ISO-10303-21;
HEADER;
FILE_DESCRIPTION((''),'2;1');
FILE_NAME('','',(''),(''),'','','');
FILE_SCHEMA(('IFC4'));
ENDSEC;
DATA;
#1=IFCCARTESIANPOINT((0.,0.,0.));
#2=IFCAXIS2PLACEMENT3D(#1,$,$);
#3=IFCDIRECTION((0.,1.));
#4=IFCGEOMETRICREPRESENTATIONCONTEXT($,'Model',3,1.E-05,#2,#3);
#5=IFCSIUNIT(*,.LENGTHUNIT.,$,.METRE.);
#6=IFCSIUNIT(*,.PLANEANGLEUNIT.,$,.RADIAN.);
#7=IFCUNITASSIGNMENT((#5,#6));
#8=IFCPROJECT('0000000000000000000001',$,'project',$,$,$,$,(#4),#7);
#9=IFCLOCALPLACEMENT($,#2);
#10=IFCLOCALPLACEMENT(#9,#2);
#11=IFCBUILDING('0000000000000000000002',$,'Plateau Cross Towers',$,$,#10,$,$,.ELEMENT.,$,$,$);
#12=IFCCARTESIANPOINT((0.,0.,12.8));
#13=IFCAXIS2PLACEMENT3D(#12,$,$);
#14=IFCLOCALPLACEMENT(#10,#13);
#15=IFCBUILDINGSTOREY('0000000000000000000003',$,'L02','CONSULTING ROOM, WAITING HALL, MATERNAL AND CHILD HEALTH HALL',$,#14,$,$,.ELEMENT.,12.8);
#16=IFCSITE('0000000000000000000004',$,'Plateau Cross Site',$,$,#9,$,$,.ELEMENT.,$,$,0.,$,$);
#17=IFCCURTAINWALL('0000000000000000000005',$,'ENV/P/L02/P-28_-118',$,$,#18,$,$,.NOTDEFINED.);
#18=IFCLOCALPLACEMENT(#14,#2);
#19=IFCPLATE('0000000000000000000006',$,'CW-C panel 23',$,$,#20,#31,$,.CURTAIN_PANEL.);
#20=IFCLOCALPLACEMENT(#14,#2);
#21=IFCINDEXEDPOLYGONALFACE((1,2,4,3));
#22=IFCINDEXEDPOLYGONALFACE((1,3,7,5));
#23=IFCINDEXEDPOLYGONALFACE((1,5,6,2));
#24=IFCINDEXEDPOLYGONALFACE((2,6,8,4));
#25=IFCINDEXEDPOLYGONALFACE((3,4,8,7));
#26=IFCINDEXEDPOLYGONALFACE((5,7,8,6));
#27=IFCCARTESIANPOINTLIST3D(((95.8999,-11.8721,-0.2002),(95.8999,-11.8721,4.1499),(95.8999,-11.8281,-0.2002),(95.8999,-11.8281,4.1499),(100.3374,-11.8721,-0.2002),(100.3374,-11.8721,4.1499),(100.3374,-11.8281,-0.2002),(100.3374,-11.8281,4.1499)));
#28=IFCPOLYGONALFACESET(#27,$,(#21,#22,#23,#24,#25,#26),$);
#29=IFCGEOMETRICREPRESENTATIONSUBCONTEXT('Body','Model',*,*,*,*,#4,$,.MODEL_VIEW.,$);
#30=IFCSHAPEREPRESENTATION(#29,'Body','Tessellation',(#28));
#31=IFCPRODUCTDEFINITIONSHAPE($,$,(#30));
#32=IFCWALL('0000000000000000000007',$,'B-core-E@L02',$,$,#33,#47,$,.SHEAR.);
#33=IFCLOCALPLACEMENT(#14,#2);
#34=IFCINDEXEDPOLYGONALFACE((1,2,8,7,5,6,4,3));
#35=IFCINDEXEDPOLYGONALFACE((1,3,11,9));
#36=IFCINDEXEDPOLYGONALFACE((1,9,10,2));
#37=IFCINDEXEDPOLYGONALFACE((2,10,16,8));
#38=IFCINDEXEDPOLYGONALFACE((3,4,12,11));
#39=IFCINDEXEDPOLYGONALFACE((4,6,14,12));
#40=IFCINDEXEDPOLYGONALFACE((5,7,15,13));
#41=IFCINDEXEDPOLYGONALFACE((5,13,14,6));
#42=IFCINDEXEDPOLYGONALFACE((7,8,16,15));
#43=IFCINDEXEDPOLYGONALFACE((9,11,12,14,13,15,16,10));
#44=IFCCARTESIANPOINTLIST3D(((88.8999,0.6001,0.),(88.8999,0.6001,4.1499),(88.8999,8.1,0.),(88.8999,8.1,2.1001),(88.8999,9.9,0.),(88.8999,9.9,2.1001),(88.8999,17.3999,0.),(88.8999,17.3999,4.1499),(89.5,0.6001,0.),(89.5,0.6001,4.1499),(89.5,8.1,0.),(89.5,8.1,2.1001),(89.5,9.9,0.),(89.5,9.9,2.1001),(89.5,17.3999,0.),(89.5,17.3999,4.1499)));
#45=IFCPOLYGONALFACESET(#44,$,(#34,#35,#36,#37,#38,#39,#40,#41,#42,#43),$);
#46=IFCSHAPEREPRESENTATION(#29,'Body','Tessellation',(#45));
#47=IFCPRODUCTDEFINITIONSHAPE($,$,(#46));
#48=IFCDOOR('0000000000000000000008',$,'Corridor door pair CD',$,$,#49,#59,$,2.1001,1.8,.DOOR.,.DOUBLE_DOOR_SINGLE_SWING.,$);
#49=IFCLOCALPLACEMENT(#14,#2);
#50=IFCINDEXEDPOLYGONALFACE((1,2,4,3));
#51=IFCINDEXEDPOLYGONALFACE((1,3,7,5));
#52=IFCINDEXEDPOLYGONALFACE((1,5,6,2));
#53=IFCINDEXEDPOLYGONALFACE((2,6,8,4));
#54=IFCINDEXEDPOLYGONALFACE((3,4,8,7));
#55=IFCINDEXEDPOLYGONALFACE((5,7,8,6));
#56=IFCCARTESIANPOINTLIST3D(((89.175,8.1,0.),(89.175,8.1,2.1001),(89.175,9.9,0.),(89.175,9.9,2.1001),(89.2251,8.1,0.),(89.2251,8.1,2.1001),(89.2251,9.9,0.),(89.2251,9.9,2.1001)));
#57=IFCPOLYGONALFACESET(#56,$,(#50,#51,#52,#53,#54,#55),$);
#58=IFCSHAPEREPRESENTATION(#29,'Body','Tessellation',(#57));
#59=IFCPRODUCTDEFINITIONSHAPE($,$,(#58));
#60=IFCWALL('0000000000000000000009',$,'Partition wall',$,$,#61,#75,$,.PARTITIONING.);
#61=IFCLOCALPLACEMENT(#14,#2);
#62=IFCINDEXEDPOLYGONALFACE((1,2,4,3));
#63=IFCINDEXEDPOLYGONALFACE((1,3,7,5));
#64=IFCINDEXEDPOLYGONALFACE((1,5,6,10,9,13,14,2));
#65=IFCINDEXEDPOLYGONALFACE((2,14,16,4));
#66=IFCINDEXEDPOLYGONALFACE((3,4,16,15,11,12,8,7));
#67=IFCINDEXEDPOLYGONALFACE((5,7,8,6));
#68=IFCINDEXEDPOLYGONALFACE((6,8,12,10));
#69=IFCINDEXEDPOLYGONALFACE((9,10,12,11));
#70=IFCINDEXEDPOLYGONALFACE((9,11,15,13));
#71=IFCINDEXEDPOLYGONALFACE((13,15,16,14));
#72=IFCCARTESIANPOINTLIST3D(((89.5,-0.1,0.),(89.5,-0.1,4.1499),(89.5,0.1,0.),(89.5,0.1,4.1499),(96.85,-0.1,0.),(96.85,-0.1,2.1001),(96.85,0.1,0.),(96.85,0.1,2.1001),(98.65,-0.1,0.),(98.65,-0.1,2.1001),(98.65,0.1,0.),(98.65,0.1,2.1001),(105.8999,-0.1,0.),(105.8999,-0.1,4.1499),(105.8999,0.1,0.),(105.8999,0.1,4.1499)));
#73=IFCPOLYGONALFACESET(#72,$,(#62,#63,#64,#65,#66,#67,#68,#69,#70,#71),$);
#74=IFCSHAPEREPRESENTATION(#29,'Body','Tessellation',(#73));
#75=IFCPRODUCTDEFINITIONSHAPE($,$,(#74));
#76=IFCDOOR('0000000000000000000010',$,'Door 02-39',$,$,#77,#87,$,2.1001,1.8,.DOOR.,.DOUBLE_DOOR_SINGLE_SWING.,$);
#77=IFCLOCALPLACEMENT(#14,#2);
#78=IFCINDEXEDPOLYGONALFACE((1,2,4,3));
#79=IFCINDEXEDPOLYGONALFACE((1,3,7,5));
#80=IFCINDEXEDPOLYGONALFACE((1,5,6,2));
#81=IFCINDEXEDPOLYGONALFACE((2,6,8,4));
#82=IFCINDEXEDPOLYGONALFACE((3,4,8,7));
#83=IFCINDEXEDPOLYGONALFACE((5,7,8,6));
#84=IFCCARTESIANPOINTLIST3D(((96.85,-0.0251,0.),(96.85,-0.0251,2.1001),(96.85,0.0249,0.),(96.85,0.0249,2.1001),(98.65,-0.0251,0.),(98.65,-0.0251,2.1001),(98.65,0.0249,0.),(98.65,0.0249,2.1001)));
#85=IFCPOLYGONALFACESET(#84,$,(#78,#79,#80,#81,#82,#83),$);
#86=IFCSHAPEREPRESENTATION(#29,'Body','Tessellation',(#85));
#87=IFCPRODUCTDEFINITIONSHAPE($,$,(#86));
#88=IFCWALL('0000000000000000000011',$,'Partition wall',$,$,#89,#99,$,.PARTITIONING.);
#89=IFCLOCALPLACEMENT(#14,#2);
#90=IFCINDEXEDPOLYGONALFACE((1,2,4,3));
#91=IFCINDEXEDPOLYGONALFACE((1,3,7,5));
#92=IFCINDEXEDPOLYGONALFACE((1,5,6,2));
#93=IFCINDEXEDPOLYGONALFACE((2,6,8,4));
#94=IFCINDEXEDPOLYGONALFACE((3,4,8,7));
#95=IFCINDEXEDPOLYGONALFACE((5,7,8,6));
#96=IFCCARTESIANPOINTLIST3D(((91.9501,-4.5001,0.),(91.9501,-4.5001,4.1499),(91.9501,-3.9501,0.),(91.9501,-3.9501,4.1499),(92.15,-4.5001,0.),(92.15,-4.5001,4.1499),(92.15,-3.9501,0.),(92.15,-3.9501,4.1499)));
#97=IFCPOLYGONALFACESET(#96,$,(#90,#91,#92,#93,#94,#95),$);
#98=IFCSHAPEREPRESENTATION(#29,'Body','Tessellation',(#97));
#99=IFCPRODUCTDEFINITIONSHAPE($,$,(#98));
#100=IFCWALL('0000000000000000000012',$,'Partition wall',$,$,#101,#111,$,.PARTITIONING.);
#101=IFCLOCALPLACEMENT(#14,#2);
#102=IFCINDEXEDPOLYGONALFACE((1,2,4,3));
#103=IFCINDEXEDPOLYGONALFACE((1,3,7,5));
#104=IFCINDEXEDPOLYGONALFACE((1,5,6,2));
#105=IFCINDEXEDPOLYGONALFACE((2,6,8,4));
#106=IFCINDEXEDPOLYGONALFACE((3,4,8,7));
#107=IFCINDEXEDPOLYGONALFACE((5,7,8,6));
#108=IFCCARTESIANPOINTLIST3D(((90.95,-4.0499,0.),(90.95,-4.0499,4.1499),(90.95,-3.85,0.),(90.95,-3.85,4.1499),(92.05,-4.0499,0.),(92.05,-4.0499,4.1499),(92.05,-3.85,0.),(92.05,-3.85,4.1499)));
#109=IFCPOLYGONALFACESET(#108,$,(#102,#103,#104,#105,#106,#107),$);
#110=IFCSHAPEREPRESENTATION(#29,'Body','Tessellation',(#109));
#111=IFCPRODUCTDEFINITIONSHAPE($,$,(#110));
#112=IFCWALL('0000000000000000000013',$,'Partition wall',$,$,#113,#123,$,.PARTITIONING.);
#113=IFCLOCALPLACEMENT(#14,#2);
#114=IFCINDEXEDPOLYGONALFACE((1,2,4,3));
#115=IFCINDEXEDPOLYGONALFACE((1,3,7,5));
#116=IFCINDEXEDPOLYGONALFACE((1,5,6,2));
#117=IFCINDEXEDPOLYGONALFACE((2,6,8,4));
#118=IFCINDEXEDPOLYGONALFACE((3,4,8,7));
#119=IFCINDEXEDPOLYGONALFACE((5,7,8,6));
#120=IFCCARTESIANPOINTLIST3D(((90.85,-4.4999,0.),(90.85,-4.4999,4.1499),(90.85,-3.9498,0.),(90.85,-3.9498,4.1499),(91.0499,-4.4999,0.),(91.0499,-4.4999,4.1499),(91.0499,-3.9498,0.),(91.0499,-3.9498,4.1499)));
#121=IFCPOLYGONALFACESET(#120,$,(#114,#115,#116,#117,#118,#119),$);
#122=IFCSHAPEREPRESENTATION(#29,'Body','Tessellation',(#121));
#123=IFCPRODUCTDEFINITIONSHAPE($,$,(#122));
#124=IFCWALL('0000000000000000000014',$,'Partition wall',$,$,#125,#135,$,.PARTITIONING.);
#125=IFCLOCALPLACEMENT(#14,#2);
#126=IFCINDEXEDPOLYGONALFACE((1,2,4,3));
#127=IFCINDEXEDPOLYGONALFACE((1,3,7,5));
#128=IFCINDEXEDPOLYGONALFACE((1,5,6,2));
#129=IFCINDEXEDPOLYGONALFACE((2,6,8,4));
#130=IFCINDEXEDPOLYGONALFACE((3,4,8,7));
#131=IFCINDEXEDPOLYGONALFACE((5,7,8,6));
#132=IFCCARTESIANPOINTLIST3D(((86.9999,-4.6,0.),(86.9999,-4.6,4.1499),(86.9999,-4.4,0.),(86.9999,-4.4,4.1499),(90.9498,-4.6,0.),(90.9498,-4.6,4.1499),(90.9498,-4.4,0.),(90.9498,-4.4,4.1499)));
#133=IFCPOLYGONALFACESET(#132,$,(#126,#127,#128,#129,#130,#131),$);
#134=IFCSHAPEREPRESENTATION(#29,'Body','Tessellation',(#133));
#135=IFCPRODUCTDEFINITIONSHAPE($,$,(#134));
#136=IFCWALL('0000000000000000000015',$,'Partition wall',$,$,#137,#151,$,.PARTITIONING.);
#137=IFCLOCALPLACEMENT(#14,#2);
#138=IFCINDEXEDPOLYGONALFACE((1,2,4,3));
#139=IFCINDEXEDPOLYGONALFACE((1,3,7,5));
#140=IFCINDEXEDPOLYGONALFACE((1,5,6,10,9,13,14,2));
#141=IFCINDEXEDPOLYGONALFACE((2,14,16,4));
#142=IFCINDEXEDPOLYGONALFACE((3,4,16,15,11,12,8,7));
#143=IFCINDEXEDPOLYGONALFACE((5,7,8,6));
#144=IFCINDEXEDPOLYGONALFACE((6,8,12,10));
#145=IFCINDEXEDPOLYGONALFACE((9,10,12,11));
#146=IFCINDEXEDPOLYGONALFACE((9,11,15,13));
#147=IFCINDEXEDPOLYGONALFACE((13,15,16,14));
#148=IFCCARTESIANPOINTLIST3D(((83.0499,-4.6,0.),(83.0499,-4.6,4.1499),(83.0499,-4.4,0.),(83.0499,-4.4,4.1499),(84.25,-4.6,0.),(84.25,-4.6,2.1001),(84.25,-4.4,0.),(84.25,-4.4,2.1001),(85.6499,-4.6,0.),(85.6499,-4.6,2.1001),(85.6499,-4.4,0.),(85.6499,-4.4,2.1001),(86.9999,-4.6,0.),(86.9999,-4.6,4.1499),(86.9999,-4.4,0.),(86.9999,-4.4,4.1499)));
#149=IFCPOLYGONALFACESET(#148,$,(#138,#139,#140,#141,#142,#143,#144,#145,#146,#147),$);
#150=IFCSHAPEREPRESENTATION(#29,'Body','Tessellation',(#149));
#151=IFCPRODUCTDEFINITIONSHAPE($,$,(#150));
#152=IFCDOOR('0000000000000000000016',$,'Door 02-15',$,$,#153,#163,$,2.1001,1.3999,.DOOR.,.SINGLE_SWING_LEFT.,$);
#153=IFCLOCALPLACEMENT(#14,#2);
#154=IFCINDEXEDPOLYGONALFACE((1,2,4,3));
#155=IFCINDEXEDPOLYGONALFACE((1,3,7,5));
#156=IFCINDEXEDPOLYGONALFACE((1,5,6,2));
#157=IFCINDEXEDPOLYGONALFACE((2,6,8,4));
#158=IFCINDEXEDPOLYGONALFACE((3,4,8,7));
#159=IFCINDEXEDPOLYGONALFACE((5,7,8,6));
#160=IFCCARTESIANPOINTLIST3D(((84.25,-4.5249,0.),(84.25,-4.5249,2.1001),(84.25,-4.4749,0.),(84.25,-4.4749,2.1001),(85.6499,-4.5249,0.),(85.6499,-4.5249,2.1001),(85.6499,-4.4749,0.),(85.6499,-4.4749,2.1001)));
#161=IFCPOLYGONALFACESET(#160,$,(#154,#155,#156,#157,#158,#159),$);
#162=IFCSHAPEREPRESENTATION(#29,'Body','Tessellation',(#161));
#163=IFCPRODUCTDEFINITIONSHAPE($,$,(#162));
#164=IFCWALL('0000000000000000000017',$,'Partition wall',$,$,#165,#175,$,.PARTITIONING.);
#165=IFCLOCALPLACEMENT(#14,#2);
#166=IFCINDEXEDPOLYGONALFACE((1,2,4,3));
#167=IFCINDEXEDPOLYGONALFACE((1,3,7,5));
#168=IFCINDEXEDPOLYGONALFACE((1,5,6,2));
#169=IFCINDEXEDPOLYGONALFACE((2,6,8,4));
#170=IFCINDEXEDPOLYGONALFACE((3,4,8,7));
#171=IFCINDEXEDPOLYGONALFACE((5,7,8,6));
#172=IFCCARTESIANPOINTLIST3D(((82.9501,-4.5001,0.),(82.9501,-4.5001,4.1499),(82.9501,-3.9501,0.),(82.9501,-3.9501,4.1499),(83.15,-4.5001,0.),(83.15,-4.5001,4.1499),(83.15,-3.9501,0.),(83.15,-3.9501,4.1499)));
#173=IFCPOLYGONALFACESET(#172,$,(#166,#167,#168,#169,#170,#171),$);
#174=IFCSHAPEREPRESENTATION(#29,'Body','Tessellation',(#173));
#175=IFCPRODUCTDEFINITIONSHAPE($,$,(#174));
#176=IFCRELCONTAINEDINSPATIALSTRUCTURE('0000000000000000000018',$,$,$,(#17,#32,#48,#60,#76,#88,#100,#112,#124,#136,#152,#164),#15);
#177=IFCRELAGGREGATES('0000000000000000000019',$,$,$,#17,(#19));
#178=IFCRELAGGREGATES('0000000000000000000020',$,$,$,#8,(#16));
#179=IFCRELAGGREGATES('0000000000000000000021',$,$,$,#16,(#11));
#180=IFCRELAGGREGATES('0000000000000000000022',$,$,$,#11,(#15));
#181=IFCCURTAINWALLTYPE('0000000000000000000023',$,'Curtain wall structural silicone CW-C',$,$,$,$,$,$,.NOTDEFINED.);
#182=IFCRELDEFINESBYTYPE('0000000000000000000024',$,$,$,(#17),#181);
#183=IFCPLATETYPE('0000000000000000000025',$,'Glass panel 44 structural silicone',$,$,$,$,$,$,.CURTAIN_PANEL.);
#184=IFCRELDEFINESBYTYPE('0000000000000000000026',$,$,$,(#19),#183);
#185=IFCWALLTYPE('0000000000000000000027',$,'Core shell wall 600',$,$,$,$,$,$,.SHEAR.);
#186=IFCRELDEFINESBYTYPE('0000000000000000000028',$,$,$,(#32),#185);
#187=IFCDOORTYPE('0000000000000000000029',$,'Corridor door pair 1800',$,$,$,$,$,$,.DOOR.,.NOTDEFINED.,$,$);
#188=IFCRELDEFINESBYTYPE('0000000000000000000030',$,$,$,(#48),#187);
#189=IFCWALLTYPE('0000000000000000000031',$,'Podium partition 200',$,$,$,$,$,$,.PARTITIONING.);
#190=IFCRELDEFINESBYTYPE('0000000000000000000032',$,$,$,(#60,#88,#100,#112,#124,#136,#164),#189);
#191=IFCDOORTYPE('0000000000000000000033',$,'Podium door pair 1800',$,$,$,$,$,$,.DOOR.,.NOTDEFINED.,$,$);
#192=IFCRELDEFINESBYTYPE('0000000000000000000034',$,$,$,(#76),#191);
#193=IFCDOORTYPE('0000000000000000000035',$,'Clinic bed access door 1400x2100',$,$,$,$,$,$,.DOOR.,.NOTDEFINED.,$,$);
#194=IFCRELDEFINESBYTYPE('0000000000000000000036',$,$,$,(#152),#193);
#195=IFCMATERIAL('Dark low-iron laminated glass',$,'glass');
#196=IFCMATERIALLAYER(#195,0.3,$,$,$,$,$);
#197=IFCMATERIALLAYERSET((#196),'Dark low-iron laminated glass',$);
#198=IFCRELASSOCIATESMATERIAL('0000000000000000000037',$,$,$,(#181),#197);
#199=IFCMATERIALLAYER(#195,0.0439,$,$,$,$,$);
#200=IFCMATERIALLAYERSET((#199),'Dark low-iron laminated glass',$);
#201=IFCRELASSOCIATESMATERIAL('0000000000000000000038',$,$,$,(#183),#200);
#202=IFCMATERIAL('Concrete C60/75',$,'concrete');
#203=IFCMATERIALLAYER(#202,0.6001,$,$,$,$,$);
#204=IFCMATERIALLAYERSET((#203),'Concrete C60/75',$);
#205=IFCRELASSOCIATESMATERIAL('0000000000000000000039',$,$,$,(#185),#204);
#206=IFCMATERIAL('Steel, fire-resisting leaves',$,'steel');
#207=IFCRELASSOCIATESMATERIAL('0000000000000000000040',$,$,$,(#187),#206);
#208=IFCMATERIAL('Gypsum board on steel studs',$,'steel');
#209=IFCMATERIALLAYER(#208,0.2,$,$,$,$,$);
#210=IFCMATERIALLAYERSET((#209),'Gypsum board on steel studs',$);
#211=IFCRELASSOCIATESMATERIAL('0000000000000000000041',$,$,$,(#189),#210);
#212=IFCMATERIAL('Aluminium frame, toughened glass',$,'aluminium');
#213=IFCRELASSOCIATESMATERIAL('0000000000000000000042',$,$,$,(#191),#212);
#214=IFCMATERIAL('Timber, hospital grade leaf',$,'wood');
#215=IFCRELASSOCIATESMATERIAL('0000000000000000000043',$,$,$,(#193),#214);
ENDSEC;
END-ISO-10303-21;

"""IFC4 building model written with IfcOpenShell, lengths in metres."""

from ifc_helpers import new_model, si_unit, direction, frame, frame_2d, origin, origin_2d, place, context, subcontext, project, spatial, rectangle, extrude, material, layer, layer_set, type_object, element, fill, aggregate, save


model = new_model("IFC4")

# Units and contexts
model_context = context("Model", 3, precision=1e-05, world=origin(), true_north=direction((0.0, 1.0)))
body_context = subcontext(model_context, "Body", "Model", "MODEL_VIEW")
ifc_project = project(units=[si_unit("LENGTHUNIT", "METRE"), si_unit("PLANEANGLEUNIT", "RADIAN")], contexts=[model_context])

# Site, building, storey
site_placement = place(None, origin())
site = spatial("IfcSite", under=ifc_project, at=site_placement, Name="Plateau Cross Site", CompositionType="ELEMENT", RefElevation=0.0)
building_placement = place(site_placement, origin())
building = spatial("IfcBuilding", under=site, at=building_placement, Name="Plateau Cross Towers", CompositionType="ELEMENT")
storey_placement = place(building_placement, frame((0.0, 0.0, 12.8)))
storey = spatial("IfcBuildingStorey", under=building, at=storey_placement, Name="L02", Description="CONSULTING ROOM, WAITING HALL, MATERNAL AND CHILD HEALTH HALL", CompositionType="ELEMENT", Elevation=12.8)

# Shared definitions
ifc_material_1 = material(Name="Concrete C60/75", Category="concrete")

# Curtain wall
ifc_material_2 = material(Name="Dark low-iron laminated glass", Category="glass")
ifc_layer_1 = layer(ifc_material_2, 0.3)
ifc_layer_set_1 = layer_set([ifc_layer_1], Name="Dark low-iron laminated glass")
curtain_wall_type = type_object("IfcCurtainWallType", Name="Curtain wall structural silicone CW-C", PredefinedType="NOTDEFINED", material=ifc_layer_set_1)
curtain_wall_placement = place(storey_placement, origin())
curtain_wall = element("IfcCurtainWall", 1, at=curtain_wall_placement, inside=storey, type_object=curtain_wall_type, Name="ENV/P/L02/P-28_-118", PredefinedType="NOTDEFINED")

# Plate
ifc_layer_2 = layer(ifc_material_2, 0.0439)
ifc_layer_set_2 = layer_set([ifc_layer_2], Name="Dark low-iron laminated glass")
plate_type = type_object("IfcPlateType", Name="Glass panel 44 structural silicone", PredefinedType="CURTAIN_PANEL", material=ifc_layer_set_2)
plate_1_placement = place(storey_placement, frame((98.1187, -11.8501, -0.2002), z_axis=(0.0, 0.0, 1.0), x_axis=(1.0, 0.0, 0.0)))
plate_1 = element("IfcPlate", 2, at=plate_1_placement, type_object=plate_type, Name="CW-C panel 23", PredefinedType="CURTAIN_PANEL", context=body_context, shape_type="SweptSolid", body=[
    extrude(rectangle(XDim=4.4375, YDim=0.0439, at=origin_2d()), origin(), (0.0, 0.0, 1.0), 4.3501),
])
aggregate(curtain_wall, [plate_1])

# Walls, openings, doors
ifc_layer_3 = layer(ifc_material_1, 0.6001)
ifc_layer_set_3 = layer_set([ifc_layer_3], Name="Concrete C60/75")
wall_type_1 = type_object("IfcWallType", Name="Core shell wall 600", PredefinedType="SHEAR", material=ifc_layer_set_3)
wall_1_placement = place(storey_placement, frame((89.2, 0.6001, 0.0), z_axis=(0.0, 0.0, 1.0), x_axis=(0.0, 1.0, 0.0)))
wall_1 = element("IfcWall", 3, at=wall_1_placement, inside=storey, type_object=wall_type_1, Name="B-core-E@L02", PredefinedType="SHEAR", context=body_context, shape_type="SweptSolid", body=[
    extrude(rectangle(XDim=16.7998, YDim=0.6001, at=frame_2d((8.3999, 0.0))), origin(), (0.0, 0.0, 1.0), 4.1499),
])
opening_1_placement = place(wall_1_placement, frame((7.5, 0.0, 0.0)))
opening_1 = element("IfcOpeningElement", 4, at=opening_1_placement, cuts=wall_1, PredefinedType="OPENING", context=body_context, shape_type="SweptSolid", body=[
    extrude(rectangle(XDim=1.8, YDim=2.1001, at=frame_2d((0.8999, 1.05))), frame((0.0, 0.3101, 0.0), z_axis=(0.0, -1.0, 0.0), x_axis=(1.0, 0.0, 0.0)), (0.0, 0.0, 1.0), 0.6201),
])
ifc_material_3 = material(Name="Steel, fire-resisting leaves", Category="steel")
door_type_1 = type_object("IfcDoorType", Name="Corridor door pair 1800", OperationType="NOTDEFINED", PredefinedType="DOOR", material=ifc_material_3)
door_1_placement = place(opening_1_placement, origin())
door_1 = element("IfcDoor", 5, at=door_1_placement, inside=storey, type_object=door_type_1, Name="Corridor door pair CD", OperationType="DOUBLE_DOOR_SINGLE_SWING", OverallHeight=2.1001, OverallWidth=1.8, PredefinedType="DOOR", context=body_context, shape_type="SweptSolid", body=[
    extrude(rectangle(XDim=1.8, YDim=2.1001, at=frame_2d((0.8999, 1.05))), frame((0.0, 0.0249, 0.0), z_axis=(0.0, -1.0, 0.0), x_axis=(1.0, 0.0, 0.0)), (0.0, 0.0, 1.0), 0.05),
])
fill(opening_1, door_1)
ifc_material_4 = material(Name="Gypsum board on steel studs", Category="steel")
ifc_layer_4 = layer(ifc_material_4, 0.2)
ifc_layer_set_4 = layer_set([ifc_layer_4], Name="Gypsum board on steel studs")
wall_type_2 = type_object("IfcWallType", Name="Podium partition 200", PredefinedType="PARTITIONING", material=ifc_layer_set_4)
wall_2_placement = place(storey_placement, frame((89.5, 0.0, 0.0), z_axis=(0.0, 0.0, 1.0), x_axis=(1.0, 0.0, 0.0)))
wall_2 = element("IfcWall", 6, at=wall_2_placement, inside=storey, type_object=wall_type_2, Name="Partition wall", PredefinedType="PARTITIONING", context=body_context, shape_type="SweptSolid", body=[
    extrude(rectangle(XDim=16.3999, YDim=0.2, at=frame_2d((8.2, 0.0))), origin(), (0.0, 0.0, 1.0), 4.1499),
])
opening_2_placement = place(wall_2_placement, frame((7.3501, 0.0, 0.0)))
opening_2 = element("IfcOpeningElement", 7, at=opening_2_placement, cuts=wall_2, PredefinedType="OPENING", context=body_context, shape_type="SweptSolid", body=[
    extrude(rectangle(XDim=1.8, YDim=2.1001, at=frame_2d((0.8999, 1.05))), frame((0.0, 0.1099, 0.0), z_axis=(0.0, -1.0, 0.0), x_axis=(1.0, 0.0, 0.0)), (0.0, 0.0, 1.0), 0.22),
])
ifc_material_5 = material(Name="Aluminium frame, toughened glass", Category="aluminium")
door_type_2 = type_object("IfcDoorType", Name="Podium door pair 1800", OperationType="NOTDEFINED", PredefinedType="DOOR", material=ifc_material_5)
door_2_placement = place(opening_2_placement, origin())
door_2 = element("IfcDoor", 8, at=door_2_placement, inside=storey, type_object=door_type_2, Name="Door 02-39", OperationType="DOUBLE_DOOR_SINGLE_SWING", OverallHeight=2.1001, OverallWidth=1.8, PredefinedType="DOOR", context=body_context, shape_type="SweptSolid", body=[
    extrude(rectangle(XDim=1.8, YDim=2.1001, at=frame_2d((0.8999, 1.05))), frame((0.0, 0.0249, 0.0), z_axis=(0.0, -1.0, 0.0), x_axis=(1.0, 0.0, 0.0)), (0.0, 0.0, 1.0), 0.05),
])
fill(opening_2, door_2)

# Walls
wall_3_placement = place(storey_placement, frame((92.05, -4.5, 0.0), z_axis=(0.0, 0.0, 1.0), x_axis=(0.0, 1.0, 0.0)))
element("IfcWall", 9, at=wall_3_placement, inside=storey, type_object=wall_type_2, Name="Partition wall", PredefinedType="PARTITIONING", context=body_context, shape_type="SweptSolid", body=[
    extrude(rectangle(XDim=0.55, YDim=0.2, at=frame_2d((0.2749, 0.0))), origin(), (0.0, 0.0, 1.0), 4.1499),
])
wall_4_placement = place(storey_placement, frame((92.05, -3.95, 0.0), z_axis=(0.0, 0.0, 1.0), x_axis=(-1.0, 0.0, 0.0)))
element("IfcWall", 10, at=wall_4_placement, inside=storey, type_object=wall_type_2, Name="Partition wall", PredefinedType="PARTITIONING", context=body_context, shape_type="SweptSolid", body=[
    extrude(rectangle(XDim=1.1001, YDim=0.2, at=frame_2d((0.55, 0.0))), origin(), (0.0, 0.0, 1.0), 4.1499),
])
wall_5_placement = place(storey_placement, frame((90.95, -3.95, 0.0), z_axis=(0.0, 0.0, 1.0), x_axis=(0.0, -1.0, 0.0)))
element("IfcWall", 11, at=wall_5_placement, inside=storey, type_object=wall_type_2, Name="Partition wall", PredefinedType="PARTITIONING", context=body_context, shape_type="SweptSolid", body=[
    extrude(rectangle(XDim=0.55, YDim=0.2, at=frame_2d((0.2749, 0.0))), origin(), (0.0, 0.0, 1.0), 4.1499),
])
wall_6_placement = place(storey_placement, frame((90.95, -4.5, 0.0), z_axis=(0.0, 0.0, 1.0), x_axis=(-1.0, 0.0, 0.0)))
element("IfcWall", 12, at=wall_6_placement, inside=storey, type_object=wall_type_2, Name="Partition wall", PredefinedType="PARTITIONING", context=body_context, shape_type="SweptSolid", body=[
    extrude(rectangle(XDim=3.95, YDim=0.2, at=frame_2d((1.9751, 0.0))), origin(), (0.0, 0.0, 1.0), 4.1499),
])

# Wall, opening, door
wall_7_placement = place(storey_placement, frame((87.0, -4.5, 0.0), z_axis=(0.0, 0.0, 1.0), x_axis=(-1.0, 0.0, 0.0)))
wall_7 = element("IfcWall", 13, at=wall_7_placement, inside=storey, type_object=wall_type_2, Name="Partition wall", PredefinedType="PARTITIONING", context=body_context, shape_type="SweptSolid", body=[
    extrude(rectangle(XDim=3.95, YDim=0.2, at=frame_2d((1.9751, 0.0))), origin(), (0.0, 0.0, 1.0), 4.1499),
])
opening_3_placement = place(wall_7_placement, frame((1.3501, 0.0, 0.0)))
opening_3 = element("IfcOpeningElement", 14, at=opening_3_placement, cuts=wall_7, PredefinedType="OPENING", context=body_context, shape_type="SweptSolid", body=[
    extrude(rectangle(XDim=1.3999, YDim=2.1001, at=frame_2d((0.7, 1.05))), frame((0.0, 0.1099, 0.0), z_axis=(0.0, -1.0, 0.0), x_axis=(1.0, 0.0, 0.0)), (0.0, 0.0, 1.0), 0.22),
])
ifc_material_6 = material(Name="Timber, hospital grade leaf", Category="wood")
door_type_3 = type_object("IfcDoorType", Name="Clinic bed access door 1400x2100", OperationType="NOTDEFINED", PredefinedType="DOOR", material=ifc_material_6)
door_3_placement = place(opening_3_placement, origin())
door_3 = element("IfcDoor", 15, at=door_3_placement, inside=storey, type_object=door_type_3, Name="Door 02-15", OperationType="SINGLE_SWING_LEFT", OverallHeight=2.1001, OverallWidth=1.3999, PredefinedType="DOOR", context=body_context, shape_type="SweptSolid", body=[
    extrude(rectangle(XDim=1.3999, YDim=2.1001, at=frame_2d((0.7, 1.05))), frame((0.0, 0.0249, 0.0), z_axis=(0.0, -1.0, 0.0), x_axis=(1.0, 0.0, 0.0)), (0.0, 0.0, 1.0), 0.05),
])
fill(opening_3, door_3)

# Wall
wall_8_placement = place(storey_placement, frame((83.05, -4.5, 0.0), z_axis=(0.0, 0.0, 1.0), x_axis=(0.0, 1.0, 0.0)))
element("IfcWall", 16, at=wall_8_placement, inside=storey, type_object=wall_type_2, Name="Partition wall", PredefinedType="PARTITIONING", context=body_context, shape_type="SweptSolid", body=[
    extrude(rectangle(XDim=0.55, YDim=0.2, at=frame_2d((0.2749, 0.0))), origin(), (0.0, 0.0, 1.0), 4.1499),
])

save(model, "model.ifc")
